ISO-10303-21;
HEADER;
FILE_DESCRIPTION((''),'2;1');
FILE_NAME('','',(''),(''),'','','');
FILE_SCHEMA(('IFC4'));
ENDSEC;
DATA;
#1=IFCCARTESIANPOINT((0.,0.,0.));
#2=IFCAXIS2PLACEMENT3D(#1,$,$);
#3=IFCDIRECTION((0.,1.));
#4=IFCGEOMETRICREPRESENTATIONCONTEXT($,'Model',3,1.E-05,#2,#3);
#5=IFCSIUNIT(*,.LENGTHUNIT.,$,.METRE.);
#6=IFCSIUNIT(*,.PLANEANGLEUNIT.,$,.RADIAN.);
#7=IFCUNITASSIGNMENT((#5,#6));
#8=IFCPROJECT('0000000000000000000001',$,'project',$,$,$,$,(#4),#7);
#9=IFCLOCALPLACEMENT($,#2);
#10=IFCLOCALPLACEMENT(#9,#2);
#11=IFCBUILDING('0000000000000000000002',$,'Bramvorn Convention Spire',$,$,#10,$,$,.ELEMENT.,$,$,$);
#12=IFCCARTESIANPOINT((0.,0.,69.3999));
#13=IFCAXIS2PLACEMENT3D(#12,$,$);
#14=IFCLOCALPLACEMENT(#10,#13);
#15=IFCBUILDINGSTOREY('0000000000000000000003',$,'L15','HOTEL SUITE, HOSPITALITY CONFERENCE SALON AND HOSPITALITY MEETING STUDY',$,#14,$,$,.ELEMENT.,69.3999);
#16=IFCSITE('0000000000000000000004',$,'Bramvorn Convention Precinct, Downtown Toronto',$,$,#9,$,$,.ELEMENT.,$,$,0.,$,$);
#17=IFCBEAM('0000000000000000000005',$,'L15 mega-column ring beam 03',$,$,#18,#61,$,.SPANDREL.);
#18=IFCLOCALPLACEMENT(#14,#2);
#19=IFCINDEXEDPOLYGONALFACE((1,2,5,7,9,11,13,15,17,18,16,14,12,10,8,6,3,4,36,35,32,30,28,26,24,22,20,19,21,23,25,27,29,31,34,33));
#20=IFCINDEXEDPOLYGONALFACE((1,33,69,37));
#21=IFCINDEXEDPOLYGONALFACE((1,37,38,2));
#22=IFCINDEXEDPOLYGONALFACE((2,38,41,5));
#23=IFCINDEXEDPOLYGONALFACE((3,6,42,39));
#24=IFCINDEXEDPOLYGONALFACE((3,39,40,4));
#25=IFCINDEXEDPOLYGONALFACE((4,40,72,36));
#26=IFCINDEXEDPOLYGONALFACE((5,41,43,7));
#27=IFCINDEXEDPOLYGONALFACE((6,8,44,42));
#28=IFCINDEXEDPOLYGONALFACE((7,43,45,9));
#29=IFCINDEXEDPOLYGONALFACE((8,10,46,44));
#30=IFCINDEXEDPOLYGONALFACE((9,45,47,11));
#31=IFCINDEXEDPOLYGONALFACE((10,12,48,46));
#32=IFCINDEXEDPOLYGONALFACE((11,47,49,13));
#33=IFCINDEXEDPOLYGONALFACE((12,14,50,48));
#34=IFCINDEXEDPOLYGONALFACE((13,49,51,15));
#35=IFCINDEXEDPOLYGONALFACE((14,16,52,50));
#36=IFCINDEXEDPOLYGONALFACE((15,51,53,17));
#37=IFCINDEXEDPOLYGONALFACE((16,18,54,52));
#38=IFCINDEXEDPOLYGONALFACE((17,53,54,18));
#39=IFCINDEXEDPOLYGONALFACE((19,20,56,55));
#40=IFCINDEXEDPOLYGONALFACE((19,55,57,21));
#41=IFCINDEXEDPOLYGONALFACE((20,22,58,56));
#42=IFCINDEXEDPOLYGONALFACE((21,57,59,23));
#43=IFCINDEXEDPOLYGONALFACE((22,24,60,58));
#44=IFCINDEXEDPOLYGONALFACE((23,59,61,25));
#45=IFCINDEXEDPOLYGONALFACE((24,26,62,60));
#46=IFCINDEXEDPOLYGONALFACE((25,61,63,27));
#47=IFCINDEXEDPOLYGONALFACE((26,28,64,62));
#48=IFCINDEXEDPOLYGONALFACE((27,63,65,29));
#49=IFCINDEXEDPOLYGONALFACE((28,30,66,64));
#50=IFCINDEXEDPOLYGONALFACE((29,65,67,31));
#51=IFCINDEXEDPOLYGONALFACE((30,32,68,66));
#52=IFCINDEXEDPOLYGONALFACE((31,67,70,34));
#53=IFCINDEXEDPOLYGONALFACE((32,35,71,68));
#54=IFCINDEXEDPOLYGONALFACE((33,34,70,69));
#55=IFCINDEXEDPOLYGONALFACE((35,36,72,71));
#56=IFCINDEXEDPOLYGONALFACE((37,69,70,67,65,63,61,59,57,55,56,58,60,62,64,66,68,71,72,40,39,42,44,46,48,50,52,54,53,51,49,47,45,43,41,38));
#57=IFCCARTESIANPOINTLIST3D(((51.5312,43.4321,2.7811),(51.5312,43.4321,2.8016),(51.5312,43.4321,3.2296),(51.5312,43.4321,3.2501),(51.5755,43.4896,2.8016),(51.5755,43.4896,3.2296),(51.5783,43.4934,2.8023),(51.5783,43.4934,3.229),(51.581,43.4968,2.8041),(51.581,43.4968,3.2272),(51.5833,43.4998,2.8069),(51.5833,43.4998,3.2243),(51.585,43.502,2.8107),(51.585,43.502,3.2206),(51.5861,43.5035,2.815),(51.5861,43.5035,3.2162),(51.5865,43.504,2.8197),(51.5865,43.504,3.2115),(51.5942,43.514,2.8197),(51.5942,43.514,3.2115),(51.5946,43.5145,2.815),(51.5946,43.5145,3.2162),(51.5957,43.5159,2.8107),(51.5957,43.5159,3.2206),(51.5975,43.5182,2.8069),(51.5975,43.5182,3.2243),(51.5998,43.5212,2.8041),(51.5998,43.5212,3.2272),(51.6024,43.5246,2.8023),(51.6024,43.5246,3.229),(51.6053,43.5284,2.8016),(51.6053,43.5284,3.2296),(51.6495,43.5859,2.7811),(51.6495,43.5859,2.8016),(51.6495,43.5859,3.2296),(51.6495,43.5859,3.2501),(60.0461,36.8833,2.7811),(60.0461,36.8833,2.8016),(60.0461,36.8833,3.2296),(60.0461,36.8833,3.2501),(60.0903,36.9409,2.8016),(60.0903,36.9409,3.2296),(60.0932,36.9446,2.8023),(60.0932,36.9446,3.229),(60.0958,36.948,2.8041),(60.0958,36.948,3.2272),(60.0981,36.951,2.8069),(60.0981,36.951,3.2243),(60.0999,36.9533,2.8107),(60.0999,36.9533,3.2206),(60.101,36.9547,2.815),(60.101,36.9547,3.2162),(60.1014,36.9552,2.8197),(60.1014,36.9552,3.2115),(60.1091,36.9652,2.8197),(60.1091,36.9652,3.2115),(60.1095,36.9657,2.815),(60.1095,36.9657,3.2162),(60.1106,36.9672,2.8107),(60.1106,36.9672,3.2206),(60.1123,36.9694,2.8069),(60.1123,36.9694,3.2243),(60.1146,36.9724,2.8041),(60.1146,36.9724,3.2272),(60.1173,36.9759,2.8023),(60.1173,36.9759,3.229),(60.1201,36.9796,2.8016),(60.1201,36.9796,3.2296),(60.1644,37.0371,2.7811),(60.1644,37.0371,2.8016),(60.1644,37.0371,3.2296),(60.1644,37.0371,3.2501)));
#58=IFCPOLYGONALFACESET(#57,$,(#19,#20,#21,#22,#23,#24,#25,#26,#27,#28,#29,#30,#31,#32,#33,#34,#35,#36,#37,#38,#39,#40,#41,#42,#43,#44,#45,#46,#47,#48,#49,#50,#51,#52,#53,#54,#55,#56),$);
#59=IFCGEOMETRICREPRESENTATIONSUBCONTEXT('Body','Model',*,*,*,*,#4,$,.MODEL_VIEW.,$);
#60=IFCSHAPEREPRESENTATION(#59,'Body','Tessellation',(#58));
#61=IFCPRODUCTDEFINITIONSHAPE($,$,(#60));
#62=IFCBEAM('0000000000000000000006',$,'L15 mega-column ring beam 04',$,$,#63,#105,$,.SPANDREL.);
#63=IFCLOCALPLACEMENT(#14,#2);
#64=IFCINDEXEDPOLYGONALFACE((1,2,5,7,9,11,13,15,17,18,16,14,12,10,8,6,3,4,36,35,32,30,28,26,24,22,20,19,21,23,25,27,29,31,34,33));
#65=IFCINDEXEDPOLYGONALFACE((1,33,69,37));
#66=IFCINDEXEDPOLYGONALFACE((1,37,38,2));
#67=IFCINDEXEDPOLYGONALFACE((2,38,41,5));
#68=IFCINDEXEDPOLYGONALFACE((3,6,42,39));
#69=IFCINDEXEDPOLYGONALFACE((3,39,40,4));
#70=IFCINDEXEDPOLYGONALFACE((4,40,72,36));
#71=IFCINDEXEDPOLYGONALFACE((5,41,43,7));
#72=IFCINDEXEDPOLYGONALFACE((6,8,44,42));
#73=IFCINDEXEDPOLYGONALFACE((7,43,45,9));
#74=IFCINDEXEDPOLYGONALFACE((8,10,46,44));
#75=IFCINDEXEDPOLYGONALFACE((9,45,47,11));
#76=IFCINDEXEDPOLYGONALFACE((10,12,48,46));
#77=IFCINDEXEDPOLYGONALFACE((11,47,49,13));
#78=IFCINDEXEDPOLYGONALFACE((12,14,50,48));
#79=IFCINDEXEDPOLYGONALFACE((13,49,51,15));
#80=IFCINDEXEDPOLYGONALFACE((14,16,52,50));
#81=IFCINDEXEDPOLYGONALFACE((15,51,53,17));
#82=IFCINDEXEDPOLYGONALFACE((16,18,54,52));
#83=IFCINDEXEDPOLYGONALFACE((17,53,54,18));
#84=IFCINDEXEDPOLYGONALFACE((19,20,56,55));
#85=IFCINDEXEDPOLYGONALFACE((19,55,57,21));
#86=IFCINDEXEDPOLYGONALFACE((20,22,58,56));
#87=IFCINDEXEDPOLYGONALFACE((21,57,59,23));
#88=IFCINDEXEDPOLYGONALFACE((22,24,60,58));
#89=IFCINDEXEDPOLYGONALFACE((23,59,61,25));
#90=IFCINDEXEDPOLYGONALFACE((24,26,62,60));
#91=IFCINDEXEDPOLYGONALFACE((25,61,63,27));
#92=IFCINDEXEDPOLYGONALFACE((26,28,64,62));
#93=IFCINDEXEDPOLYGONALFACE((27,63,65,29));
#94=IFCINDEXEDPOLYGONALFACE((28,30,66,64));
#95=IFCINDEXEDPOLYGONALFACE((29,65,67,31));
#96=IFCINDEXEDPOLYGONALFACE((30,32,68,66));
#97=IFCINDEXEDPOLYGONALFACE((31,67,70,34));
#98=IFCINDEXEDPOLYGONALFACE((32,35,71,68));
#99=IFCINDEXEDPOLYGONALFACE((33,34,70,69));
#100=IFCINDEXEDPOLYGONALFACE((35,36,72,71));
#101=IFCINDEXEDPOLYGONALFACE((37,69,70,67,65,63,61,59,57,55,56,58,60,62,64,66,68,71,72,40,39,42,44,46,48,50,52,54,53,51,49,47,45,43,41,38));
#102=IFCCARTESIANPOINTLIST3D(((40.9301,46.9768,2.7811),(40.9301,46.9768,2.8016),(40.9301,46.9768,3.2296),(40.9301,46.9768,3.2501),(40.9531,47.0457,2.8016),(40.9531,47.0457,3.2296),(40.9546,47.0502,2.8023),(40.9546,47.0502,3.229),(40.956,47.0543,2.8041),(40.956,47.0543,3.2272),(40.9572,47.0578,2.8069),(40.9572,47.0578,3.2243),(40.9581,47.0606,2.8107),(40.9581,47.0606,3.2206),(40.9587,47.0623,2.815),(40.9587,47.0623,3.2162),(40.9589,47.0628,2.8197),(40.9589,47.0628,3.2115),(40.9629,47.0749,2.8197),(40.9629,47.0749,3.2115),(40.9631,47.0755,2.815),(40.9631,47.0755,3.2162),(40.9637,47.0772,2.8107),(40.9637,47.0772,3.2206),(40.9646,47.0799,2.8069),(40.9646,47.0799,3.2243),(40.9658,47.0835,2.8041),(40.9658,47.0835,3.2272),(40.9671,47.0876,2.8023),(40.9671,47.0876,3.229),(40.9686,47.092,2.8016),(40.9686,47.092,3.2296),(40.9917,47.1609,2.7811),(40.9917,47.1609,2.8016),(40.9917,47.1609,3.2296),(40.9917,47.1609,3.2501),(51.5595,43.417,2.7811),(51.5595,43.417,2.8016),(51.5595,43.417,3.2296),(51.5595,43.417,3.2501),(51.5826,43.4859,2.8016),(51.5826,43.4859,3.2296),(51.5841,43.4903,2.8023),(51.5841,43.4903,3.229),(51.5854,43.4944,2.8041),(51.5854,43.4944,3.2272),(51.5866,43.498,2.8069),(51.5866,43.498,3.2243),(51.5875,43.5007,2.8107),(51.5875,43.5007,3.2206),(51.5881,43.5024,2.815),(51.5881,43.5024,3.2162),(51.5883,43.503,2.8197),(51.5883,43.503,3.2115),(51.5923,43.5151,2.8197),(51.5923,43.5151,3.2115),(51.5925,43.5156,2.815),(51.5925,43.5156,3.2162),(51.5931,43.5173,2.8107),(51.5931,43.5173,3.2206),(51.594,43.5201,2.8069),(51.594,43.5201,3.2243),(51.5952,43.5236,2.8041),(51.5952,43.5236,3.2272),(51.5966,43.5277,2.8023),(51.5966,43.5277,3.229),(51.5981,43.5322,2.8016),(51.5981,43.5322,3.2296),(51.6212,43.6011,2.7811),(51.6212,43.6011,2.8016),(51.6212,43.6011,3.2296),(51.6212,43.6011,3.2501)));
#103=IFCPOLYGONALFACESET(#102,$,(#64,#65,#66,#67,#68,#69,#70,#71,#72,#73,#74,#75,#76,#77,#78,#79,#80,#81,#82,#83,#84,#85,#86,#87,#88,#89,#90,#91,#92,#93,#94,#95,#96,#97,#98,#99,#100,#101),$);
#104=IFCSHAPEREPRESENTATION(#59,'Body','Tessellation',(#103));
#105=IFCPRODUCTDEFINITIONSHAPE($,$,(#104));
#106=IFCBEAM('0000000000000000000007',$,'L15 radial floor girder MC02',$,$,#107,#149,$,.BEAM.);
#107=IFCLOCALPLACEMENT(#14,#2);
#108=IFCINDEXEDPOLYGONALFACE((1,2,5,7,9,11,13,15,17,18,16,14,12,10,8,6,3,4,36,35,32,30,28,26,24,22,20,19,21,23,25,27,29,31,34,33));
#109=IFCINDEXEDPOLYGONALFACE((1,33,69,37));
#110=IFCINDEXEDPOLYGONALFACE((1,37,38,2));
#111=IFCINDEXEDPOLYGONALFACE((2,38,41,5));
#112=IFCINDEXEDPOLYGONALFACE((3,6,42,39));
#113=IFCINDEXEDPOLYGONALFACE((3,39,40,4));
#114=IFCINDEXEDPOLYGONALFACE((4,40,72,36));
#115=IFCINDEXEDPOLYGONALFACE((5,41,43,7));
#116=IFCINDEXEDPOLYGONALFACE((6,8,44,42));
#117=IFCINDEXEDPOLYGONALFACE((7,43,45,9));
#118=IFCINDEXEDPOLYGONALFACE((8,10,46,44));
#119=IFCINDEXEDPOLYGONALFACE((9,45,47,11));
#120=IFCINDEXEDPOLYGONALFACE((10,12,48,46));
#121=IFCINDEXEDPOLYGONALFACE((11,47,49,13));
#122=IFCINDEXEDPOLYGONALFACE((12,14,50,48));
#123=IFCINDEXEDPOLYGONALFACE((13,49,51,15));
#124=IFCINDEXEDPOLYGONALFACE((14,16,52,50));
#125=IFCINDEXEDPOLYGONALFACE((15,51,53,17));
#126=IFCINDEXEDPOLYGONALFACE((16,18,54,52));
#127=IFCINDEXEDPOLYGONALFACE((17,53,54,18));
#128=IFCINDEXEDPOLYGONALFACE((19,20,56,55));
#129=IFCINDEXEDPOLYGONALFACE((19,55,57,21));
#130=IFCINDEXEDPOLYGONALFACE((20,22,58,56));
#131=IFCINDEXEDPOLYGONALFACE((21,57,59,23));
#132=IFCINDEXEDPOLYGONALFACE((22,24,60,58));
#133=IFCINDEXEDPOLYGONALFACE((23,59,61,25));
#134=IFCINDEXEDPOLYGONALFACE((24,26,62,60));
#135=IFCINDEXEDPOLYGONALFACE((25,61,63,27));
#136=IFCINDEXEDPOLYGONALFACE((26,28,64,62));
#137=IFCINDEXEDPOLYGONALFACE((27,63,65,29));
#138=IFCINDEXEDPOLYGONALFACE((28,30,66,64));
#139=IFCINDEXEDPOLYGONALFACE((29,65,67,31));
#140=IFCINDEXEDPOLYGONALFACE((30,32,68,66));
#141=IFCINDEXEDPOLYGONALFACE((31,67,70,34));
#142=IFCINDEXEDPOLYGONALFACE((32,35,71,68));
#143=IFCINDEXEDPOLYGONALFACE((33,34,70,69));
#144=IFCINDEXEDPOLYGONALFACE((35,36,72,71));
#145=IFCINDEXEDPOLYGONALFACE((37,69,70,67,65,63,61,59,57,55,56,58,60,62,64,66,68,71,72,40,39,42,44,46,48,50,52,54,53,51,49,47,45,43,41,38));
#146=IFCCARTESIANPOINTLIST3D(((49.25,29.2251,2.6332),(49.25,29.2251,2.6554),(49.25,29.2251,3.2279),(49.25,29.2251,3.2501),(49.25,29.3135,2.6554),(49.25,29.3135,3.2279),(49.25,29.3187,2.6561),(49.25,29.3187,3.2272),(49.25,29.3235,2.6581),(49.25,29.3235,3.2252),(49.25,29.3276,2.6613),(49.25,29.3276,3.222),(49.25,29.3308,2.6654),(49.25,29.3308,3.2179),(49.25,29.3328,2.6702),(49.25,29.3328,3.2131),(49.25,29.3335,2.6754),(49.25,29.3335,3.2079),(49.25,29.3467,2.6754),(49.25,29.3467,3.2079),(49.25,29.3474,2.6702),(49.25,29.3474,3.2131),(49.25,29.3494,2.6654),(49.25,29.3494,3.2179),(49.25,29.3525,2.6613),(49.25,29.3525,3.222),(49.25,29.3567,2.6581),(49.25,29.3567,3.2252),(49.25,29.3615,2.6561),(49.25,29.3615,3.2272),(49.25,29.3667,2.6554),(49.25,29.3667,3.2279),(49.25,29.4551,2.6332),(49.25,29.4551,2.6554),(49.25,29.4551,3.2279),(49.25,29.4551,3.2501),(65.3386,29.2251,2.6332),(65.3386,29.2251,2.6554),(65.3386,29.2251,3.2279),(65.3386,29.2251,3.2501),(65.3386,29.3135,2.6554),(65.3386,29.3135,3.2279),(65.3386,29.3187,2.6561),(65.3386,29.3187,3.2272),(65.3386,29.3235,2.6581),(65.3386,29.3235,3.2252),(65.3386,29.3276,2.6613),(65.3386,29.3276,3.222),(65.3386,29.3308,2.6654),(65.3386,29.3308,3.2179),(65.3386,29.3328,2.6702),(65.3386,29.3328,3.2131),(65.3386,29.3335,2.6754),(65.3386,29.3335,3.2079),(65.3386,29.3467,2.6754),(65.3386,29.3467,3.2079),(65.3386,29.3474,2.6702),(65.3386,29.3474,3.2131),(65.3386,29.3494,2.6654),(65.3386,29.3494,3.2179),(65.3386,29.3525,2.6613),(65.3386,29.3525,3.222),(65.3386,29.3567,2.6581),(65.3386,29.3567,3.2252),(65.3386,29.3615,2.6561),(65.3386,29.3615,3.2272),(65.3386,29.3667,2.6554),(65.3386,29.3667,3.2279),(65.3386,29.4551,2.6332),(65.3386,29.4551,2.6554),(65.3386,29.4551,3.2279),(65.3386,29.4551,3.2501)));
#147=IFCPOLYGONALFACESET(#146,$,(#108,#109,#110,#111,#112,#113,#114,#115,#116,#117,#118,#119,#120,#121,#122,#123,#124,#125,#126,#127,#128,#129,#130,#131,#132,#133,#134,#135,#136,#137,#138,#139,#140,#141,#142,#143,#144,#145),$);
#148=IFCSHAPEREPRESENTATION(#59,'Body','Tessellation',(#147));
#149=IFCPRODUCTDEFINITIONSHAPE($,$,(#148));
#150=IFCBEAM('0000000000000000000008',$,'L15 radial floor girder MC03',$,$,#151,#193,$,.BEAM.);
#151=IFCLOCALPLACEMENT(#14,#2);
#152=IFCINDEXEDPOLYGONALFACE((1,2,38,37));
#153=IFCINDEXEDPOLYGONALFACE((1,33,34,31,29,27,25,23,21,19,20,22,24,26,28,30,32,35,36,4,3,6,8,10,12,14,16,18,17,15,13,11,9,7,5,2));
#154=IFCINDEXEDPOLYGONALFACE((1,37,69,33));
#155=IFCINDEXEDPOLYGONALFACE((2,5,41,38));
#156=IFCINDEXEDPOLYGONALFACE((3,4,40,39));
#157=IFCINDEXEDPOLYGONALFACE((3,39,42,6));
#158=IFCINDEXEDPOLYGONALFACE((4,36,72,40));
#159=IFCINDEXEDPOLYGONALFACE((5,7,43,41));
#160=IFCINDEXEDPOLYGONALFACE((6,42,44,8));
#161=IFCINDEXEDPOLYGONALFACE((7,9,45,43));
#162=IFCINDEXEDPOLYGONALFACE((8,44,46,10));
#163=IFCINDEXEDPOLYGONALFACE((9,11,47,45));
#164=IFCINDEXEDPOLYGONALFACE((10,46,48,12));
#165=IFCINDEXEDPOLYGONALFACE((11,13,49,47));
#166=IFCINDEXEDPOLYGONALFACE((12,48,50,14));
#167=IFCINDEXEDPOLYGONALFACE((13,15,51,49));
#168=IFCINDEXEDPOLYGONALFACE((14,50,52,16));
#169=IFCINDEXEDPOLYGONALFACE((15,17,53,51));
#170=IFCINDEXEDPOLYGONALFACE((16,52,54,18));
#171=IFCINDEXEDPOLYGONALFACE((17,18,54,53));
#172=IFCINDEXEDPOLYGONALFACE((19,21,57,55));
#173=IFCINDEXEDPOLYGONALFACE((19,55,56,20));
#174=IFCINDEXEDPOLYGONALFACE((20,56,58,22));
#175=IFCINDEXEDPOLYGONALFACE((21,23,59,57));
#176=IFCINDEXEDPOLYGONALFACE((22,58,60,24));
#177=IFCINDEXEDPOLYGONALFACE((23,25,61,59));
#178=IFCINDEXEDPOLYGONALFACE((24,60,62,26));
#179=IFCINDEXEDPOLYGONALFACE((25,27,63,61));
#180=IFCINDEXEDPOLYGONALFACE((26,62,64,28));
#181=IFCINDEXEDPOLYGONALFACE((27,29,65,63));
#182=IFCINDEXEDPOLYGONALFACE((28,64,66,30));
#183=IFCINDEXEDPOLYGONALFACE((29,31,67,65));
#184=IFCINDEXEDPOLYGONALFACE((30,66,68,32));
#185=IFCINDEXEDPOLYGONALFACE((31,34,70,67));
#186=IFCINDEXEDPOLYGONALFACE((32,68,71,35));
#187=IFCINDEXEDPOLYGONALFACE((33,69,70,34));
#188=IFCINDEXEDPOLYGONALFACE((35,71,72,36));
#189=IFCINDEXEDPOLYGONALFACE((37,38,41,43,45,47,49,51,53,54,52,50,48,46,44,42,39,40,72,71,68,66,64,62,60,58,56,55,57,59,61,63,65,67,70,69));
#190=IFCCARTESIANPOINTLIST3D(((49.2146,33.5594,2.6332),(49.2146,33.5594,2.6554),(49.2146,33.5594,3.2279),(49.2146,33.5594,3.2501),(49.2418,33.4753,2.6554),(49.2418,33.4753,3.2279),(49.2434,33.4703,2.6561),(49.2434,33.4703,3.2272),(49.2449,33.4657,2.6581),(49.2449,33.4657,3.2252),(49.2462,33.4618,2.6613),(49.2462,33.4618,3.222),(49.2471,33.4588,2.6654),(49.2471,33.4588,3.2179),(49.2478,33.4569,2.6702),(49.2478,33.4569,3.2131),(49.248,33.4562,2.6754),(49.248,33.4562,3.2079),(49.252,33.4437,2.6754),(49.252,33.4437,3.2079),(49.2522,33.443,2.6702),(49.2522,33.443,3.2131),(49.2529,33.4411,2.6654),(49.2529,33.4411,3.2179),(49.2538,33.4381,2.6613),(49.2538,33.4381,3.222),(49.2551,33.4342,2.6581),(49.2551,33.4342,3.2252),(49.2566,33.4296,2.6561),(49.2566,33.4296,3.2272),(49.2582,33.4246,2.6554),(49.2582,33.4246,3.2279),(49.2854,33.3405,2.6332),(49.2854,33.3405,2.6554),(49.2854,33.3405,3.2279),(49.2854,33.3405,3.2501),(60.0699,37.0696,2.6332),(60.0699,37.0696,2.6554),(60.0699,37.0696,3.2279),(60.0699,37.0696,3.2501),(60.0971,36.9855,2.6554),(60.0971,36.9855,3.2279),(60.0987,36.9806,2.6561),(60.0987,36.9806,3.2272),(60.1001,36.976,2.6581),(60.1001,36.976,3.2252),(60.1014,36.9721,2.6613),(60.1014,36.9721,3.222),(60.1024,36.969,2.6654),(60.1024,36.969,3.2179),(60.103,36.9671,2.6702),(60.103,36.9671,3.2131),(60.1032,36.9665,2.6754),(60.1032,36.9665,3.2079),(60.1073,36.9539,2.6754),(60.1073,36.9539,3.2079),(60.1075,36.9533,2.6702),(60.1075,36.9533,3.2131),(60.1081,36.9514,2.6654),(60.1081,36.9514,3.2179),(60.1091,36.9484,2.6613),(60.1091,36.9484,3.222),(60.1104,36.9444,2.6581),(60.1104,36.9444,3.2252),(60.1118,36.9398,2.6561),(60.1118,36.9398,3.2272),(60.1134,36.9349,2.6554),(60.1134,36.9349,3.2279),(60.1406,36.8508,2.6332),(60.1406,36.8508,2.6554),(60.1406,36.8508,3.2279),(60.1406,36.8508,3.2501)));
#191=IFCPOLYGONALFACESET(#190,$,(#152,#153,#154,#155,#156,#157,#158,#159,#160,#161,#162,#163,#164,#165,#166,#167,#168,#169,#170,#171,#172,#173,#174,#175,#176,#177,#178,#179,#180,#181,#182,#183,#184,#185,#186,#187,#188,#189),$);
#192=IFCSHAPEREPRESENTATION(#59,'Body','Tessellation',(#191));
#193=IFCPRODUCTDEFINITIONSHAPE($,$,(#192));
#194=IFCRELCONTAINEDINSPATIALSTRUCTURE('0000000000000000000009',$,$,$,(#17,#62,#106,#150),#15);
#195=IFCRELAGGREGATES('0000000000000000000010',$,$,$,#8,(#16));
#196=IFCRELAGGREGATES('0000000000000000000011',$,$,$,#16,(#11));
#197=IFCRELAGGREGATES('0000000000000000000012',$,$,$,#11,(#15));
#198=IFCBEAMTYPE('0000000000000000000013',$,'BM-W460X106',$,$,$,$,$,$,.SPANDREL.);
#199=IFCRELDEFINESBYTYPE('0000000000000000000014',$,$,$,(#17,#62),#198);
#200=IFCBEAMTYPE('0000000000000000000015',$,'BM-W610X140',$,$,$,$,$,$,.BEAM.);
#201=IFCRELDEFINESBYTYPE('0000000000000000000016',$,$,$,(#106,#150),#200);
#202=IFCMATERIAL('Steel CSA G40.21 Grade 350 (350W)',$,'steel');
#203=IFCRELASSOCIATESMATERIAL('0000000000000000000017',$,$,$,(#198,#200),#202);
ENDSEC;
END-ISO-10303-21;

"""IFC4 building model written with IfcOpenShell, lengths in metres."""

from ifc_helpers import new_model, si_unit, direction, frame, origin, origin_2d, place, context, subcontext, project, spatial, i_section, extrude, material, material_profile, profile_set, type_object, element, save


model = new_model("IFC4")

# Units and contexts
model_context = context("Model", 3, precision=1e-05, world=origin(), true_north=direction((0.0, 1.0)))
body_context = subcontext(model_context, "Body", "Model", "MODEL_VIEW")
ifc_project = project(units=[si_unit("LENGTHUNIT", "METRE"), si_unit("PLANEANGLEUNIT", "RADIAN")], contexts=[model_context])

# Site, building, storey
site_placement = place(None, origin())
site = spatial("IfcSite", under=ifc_project, at=site_placement, Name="Bramvorn Convention Precinct, Downtown Toronto", CompositionType="ELEMENT", RefElevation=0.0)
building_placement = place(site_placement, origin())
building = spatial("IfcBuilding", under=site, at=building_placement, Name="Bramvorn Convention Spire", CompositionType="ELEMENT")
storey_placement = place(building_placement, frame((0.0, 0.0, 69.3999)))
storey = spatial("IfcBuildingStorey", under=building, at=storey_placement, Name="L15", Description="HOTEL SUITE, HOSPITALITY CONFERENCE SALON AND HOSPITALITY MEETING STUDY", CompositionType="ELEMENT", Elevation=69.3999)

# Shared definitions
ifc_material_1 = material(Name="Steel CSA G40.21 Grade 350 (350W)", Category="steel")

# Beams
ifc_material_profile_1 = material_profile(ifc_material_1, i_section(OverallWidth=0.1941, OverallDepth=0.469, WebThickness=0.0127, FlangeThickness=0.0205, FilletRadius=0.0181, at=origin_2d()))
ifc_profile_set_1 = profile_set([ifc_material_profile_1], Name="Steel CSA G40.21 Grade 350 (350W) - W460X106")
beam_type_1 = type_object("IfcBeamType", Name="BM-W460X106", PredefinedType="SPANDREL", material=ifc_profile_set_1)
beam_1_placement = place(storey_placement, frame((60.1052, 36.9602, 3.0156), z_axis=(-0.792673, 0.609647, 0.0), x_axis=(-0.609647, -0.792673, 0.0)))
element("IfcBeam", 1, at=beam_1_placement, inside=storey, type_object=beam_type_1, Name="L15 mega-column ring beam 03", PredefinedType="SPANDREL", context=body_context, shape_type="SweptSolid", body=[
    extrude(i_section(OverallWidth=0.1941, OverallDepth=0.469, WebThickness=0.0127, FlangeThickness=0.0205, FilletRadius=0.0181, at=origin_2d()), origin(), (0.0, 0.0, 1.0), 10.7419),
])
beam_2_placement = place(storey_placement, frame((51.5903, 43.509, 3.0156), z_axis=(-0.948236, 0.317567, 0.0), x_axis=(-0.317567, -0.948236, 0.0)))
element("IfcBeam", 2, at=beam_2_placement, inside=storey, type_object=beam_type_1, Name="L15 mega-column ring beam 04", PredefinedType="SPANDREL", context=body_context, shape_type="SweptSolid", body=[
    extrude(i_section(OverallWidth=0.1941, OverallDepth=0.469, WebThickness=0.0127, FlangeThickness=0.0205, FilletRadius=0.0181, at=origin_2d()), origin(), (0.0, 0.0, 1.0), 11.2097),
])
ifc_material_profile_2 = material_profile(ifc_material_1, i_section(OverallWidth=0.23, OverallDepth=0.6169, WebThickness=0.0132, FlangeThickness=0.0222, FilletRadius=0.02, at=origin_2d()))
ifc_profile_set_2 = profile_set([ifc_material_profile_2], Name="Steel CSA G40.21 Grade 350 (350W) - W610X140")
beam_type_2 = type_object("IfcBeamType", Name="BM-W610X140", PredefinedType="BEAM", material=ifc_profile_set_2)
beam_3_placement = place(storey_placement, frame((49.25, 29.3401, 2.9417), z_axis=(1.0, 0.0, 0.0), x_axis=(0.0, 1.0, 0.0)))
element("IfcBeam", 3, at=beam_3_placement, inside=storey, type_object=beam_type_2, Name="L15 radial floor girder MC02", PredefinedType="BEAM", context=body_context, shape_type="SweptSolid", body=[
    extrude(i_section(OverallWidth=0.23, OverallDepth=0.6169, WebThickness=0.0132, FlangeThickness=0.0222, FilletRadius=0.02, at=origin_2d()), origin(), (0.0, 0.0, 1.0), 16.0886),
])
beam_4_placement = place(storey_placement, frame((49.25, 33.45, 2.9417), z_axis=(0.951489, 0.307683, 0.0), x_axis=(-0.307683, 0.951489, 0.0)))
element("IfcBeam", 4, at=beam_4_placement, inside=storey, type_object=beam_type_2, Name="L15 radial floor girder MC03", PredefinedType="BEAM", context=body_context, shape_type="SweptSolid", body=[
    extrude(i_section(OverallWidth=0.23, OverallDepth=0.6169, WebThickness=0.0132, FlangeThickness=0.0222, FilletRadius=0.02, at=origin_2d()), origin(), (0.0, 0.0, 1.0), 11.4087),
])

save(model, "model.ifc")
